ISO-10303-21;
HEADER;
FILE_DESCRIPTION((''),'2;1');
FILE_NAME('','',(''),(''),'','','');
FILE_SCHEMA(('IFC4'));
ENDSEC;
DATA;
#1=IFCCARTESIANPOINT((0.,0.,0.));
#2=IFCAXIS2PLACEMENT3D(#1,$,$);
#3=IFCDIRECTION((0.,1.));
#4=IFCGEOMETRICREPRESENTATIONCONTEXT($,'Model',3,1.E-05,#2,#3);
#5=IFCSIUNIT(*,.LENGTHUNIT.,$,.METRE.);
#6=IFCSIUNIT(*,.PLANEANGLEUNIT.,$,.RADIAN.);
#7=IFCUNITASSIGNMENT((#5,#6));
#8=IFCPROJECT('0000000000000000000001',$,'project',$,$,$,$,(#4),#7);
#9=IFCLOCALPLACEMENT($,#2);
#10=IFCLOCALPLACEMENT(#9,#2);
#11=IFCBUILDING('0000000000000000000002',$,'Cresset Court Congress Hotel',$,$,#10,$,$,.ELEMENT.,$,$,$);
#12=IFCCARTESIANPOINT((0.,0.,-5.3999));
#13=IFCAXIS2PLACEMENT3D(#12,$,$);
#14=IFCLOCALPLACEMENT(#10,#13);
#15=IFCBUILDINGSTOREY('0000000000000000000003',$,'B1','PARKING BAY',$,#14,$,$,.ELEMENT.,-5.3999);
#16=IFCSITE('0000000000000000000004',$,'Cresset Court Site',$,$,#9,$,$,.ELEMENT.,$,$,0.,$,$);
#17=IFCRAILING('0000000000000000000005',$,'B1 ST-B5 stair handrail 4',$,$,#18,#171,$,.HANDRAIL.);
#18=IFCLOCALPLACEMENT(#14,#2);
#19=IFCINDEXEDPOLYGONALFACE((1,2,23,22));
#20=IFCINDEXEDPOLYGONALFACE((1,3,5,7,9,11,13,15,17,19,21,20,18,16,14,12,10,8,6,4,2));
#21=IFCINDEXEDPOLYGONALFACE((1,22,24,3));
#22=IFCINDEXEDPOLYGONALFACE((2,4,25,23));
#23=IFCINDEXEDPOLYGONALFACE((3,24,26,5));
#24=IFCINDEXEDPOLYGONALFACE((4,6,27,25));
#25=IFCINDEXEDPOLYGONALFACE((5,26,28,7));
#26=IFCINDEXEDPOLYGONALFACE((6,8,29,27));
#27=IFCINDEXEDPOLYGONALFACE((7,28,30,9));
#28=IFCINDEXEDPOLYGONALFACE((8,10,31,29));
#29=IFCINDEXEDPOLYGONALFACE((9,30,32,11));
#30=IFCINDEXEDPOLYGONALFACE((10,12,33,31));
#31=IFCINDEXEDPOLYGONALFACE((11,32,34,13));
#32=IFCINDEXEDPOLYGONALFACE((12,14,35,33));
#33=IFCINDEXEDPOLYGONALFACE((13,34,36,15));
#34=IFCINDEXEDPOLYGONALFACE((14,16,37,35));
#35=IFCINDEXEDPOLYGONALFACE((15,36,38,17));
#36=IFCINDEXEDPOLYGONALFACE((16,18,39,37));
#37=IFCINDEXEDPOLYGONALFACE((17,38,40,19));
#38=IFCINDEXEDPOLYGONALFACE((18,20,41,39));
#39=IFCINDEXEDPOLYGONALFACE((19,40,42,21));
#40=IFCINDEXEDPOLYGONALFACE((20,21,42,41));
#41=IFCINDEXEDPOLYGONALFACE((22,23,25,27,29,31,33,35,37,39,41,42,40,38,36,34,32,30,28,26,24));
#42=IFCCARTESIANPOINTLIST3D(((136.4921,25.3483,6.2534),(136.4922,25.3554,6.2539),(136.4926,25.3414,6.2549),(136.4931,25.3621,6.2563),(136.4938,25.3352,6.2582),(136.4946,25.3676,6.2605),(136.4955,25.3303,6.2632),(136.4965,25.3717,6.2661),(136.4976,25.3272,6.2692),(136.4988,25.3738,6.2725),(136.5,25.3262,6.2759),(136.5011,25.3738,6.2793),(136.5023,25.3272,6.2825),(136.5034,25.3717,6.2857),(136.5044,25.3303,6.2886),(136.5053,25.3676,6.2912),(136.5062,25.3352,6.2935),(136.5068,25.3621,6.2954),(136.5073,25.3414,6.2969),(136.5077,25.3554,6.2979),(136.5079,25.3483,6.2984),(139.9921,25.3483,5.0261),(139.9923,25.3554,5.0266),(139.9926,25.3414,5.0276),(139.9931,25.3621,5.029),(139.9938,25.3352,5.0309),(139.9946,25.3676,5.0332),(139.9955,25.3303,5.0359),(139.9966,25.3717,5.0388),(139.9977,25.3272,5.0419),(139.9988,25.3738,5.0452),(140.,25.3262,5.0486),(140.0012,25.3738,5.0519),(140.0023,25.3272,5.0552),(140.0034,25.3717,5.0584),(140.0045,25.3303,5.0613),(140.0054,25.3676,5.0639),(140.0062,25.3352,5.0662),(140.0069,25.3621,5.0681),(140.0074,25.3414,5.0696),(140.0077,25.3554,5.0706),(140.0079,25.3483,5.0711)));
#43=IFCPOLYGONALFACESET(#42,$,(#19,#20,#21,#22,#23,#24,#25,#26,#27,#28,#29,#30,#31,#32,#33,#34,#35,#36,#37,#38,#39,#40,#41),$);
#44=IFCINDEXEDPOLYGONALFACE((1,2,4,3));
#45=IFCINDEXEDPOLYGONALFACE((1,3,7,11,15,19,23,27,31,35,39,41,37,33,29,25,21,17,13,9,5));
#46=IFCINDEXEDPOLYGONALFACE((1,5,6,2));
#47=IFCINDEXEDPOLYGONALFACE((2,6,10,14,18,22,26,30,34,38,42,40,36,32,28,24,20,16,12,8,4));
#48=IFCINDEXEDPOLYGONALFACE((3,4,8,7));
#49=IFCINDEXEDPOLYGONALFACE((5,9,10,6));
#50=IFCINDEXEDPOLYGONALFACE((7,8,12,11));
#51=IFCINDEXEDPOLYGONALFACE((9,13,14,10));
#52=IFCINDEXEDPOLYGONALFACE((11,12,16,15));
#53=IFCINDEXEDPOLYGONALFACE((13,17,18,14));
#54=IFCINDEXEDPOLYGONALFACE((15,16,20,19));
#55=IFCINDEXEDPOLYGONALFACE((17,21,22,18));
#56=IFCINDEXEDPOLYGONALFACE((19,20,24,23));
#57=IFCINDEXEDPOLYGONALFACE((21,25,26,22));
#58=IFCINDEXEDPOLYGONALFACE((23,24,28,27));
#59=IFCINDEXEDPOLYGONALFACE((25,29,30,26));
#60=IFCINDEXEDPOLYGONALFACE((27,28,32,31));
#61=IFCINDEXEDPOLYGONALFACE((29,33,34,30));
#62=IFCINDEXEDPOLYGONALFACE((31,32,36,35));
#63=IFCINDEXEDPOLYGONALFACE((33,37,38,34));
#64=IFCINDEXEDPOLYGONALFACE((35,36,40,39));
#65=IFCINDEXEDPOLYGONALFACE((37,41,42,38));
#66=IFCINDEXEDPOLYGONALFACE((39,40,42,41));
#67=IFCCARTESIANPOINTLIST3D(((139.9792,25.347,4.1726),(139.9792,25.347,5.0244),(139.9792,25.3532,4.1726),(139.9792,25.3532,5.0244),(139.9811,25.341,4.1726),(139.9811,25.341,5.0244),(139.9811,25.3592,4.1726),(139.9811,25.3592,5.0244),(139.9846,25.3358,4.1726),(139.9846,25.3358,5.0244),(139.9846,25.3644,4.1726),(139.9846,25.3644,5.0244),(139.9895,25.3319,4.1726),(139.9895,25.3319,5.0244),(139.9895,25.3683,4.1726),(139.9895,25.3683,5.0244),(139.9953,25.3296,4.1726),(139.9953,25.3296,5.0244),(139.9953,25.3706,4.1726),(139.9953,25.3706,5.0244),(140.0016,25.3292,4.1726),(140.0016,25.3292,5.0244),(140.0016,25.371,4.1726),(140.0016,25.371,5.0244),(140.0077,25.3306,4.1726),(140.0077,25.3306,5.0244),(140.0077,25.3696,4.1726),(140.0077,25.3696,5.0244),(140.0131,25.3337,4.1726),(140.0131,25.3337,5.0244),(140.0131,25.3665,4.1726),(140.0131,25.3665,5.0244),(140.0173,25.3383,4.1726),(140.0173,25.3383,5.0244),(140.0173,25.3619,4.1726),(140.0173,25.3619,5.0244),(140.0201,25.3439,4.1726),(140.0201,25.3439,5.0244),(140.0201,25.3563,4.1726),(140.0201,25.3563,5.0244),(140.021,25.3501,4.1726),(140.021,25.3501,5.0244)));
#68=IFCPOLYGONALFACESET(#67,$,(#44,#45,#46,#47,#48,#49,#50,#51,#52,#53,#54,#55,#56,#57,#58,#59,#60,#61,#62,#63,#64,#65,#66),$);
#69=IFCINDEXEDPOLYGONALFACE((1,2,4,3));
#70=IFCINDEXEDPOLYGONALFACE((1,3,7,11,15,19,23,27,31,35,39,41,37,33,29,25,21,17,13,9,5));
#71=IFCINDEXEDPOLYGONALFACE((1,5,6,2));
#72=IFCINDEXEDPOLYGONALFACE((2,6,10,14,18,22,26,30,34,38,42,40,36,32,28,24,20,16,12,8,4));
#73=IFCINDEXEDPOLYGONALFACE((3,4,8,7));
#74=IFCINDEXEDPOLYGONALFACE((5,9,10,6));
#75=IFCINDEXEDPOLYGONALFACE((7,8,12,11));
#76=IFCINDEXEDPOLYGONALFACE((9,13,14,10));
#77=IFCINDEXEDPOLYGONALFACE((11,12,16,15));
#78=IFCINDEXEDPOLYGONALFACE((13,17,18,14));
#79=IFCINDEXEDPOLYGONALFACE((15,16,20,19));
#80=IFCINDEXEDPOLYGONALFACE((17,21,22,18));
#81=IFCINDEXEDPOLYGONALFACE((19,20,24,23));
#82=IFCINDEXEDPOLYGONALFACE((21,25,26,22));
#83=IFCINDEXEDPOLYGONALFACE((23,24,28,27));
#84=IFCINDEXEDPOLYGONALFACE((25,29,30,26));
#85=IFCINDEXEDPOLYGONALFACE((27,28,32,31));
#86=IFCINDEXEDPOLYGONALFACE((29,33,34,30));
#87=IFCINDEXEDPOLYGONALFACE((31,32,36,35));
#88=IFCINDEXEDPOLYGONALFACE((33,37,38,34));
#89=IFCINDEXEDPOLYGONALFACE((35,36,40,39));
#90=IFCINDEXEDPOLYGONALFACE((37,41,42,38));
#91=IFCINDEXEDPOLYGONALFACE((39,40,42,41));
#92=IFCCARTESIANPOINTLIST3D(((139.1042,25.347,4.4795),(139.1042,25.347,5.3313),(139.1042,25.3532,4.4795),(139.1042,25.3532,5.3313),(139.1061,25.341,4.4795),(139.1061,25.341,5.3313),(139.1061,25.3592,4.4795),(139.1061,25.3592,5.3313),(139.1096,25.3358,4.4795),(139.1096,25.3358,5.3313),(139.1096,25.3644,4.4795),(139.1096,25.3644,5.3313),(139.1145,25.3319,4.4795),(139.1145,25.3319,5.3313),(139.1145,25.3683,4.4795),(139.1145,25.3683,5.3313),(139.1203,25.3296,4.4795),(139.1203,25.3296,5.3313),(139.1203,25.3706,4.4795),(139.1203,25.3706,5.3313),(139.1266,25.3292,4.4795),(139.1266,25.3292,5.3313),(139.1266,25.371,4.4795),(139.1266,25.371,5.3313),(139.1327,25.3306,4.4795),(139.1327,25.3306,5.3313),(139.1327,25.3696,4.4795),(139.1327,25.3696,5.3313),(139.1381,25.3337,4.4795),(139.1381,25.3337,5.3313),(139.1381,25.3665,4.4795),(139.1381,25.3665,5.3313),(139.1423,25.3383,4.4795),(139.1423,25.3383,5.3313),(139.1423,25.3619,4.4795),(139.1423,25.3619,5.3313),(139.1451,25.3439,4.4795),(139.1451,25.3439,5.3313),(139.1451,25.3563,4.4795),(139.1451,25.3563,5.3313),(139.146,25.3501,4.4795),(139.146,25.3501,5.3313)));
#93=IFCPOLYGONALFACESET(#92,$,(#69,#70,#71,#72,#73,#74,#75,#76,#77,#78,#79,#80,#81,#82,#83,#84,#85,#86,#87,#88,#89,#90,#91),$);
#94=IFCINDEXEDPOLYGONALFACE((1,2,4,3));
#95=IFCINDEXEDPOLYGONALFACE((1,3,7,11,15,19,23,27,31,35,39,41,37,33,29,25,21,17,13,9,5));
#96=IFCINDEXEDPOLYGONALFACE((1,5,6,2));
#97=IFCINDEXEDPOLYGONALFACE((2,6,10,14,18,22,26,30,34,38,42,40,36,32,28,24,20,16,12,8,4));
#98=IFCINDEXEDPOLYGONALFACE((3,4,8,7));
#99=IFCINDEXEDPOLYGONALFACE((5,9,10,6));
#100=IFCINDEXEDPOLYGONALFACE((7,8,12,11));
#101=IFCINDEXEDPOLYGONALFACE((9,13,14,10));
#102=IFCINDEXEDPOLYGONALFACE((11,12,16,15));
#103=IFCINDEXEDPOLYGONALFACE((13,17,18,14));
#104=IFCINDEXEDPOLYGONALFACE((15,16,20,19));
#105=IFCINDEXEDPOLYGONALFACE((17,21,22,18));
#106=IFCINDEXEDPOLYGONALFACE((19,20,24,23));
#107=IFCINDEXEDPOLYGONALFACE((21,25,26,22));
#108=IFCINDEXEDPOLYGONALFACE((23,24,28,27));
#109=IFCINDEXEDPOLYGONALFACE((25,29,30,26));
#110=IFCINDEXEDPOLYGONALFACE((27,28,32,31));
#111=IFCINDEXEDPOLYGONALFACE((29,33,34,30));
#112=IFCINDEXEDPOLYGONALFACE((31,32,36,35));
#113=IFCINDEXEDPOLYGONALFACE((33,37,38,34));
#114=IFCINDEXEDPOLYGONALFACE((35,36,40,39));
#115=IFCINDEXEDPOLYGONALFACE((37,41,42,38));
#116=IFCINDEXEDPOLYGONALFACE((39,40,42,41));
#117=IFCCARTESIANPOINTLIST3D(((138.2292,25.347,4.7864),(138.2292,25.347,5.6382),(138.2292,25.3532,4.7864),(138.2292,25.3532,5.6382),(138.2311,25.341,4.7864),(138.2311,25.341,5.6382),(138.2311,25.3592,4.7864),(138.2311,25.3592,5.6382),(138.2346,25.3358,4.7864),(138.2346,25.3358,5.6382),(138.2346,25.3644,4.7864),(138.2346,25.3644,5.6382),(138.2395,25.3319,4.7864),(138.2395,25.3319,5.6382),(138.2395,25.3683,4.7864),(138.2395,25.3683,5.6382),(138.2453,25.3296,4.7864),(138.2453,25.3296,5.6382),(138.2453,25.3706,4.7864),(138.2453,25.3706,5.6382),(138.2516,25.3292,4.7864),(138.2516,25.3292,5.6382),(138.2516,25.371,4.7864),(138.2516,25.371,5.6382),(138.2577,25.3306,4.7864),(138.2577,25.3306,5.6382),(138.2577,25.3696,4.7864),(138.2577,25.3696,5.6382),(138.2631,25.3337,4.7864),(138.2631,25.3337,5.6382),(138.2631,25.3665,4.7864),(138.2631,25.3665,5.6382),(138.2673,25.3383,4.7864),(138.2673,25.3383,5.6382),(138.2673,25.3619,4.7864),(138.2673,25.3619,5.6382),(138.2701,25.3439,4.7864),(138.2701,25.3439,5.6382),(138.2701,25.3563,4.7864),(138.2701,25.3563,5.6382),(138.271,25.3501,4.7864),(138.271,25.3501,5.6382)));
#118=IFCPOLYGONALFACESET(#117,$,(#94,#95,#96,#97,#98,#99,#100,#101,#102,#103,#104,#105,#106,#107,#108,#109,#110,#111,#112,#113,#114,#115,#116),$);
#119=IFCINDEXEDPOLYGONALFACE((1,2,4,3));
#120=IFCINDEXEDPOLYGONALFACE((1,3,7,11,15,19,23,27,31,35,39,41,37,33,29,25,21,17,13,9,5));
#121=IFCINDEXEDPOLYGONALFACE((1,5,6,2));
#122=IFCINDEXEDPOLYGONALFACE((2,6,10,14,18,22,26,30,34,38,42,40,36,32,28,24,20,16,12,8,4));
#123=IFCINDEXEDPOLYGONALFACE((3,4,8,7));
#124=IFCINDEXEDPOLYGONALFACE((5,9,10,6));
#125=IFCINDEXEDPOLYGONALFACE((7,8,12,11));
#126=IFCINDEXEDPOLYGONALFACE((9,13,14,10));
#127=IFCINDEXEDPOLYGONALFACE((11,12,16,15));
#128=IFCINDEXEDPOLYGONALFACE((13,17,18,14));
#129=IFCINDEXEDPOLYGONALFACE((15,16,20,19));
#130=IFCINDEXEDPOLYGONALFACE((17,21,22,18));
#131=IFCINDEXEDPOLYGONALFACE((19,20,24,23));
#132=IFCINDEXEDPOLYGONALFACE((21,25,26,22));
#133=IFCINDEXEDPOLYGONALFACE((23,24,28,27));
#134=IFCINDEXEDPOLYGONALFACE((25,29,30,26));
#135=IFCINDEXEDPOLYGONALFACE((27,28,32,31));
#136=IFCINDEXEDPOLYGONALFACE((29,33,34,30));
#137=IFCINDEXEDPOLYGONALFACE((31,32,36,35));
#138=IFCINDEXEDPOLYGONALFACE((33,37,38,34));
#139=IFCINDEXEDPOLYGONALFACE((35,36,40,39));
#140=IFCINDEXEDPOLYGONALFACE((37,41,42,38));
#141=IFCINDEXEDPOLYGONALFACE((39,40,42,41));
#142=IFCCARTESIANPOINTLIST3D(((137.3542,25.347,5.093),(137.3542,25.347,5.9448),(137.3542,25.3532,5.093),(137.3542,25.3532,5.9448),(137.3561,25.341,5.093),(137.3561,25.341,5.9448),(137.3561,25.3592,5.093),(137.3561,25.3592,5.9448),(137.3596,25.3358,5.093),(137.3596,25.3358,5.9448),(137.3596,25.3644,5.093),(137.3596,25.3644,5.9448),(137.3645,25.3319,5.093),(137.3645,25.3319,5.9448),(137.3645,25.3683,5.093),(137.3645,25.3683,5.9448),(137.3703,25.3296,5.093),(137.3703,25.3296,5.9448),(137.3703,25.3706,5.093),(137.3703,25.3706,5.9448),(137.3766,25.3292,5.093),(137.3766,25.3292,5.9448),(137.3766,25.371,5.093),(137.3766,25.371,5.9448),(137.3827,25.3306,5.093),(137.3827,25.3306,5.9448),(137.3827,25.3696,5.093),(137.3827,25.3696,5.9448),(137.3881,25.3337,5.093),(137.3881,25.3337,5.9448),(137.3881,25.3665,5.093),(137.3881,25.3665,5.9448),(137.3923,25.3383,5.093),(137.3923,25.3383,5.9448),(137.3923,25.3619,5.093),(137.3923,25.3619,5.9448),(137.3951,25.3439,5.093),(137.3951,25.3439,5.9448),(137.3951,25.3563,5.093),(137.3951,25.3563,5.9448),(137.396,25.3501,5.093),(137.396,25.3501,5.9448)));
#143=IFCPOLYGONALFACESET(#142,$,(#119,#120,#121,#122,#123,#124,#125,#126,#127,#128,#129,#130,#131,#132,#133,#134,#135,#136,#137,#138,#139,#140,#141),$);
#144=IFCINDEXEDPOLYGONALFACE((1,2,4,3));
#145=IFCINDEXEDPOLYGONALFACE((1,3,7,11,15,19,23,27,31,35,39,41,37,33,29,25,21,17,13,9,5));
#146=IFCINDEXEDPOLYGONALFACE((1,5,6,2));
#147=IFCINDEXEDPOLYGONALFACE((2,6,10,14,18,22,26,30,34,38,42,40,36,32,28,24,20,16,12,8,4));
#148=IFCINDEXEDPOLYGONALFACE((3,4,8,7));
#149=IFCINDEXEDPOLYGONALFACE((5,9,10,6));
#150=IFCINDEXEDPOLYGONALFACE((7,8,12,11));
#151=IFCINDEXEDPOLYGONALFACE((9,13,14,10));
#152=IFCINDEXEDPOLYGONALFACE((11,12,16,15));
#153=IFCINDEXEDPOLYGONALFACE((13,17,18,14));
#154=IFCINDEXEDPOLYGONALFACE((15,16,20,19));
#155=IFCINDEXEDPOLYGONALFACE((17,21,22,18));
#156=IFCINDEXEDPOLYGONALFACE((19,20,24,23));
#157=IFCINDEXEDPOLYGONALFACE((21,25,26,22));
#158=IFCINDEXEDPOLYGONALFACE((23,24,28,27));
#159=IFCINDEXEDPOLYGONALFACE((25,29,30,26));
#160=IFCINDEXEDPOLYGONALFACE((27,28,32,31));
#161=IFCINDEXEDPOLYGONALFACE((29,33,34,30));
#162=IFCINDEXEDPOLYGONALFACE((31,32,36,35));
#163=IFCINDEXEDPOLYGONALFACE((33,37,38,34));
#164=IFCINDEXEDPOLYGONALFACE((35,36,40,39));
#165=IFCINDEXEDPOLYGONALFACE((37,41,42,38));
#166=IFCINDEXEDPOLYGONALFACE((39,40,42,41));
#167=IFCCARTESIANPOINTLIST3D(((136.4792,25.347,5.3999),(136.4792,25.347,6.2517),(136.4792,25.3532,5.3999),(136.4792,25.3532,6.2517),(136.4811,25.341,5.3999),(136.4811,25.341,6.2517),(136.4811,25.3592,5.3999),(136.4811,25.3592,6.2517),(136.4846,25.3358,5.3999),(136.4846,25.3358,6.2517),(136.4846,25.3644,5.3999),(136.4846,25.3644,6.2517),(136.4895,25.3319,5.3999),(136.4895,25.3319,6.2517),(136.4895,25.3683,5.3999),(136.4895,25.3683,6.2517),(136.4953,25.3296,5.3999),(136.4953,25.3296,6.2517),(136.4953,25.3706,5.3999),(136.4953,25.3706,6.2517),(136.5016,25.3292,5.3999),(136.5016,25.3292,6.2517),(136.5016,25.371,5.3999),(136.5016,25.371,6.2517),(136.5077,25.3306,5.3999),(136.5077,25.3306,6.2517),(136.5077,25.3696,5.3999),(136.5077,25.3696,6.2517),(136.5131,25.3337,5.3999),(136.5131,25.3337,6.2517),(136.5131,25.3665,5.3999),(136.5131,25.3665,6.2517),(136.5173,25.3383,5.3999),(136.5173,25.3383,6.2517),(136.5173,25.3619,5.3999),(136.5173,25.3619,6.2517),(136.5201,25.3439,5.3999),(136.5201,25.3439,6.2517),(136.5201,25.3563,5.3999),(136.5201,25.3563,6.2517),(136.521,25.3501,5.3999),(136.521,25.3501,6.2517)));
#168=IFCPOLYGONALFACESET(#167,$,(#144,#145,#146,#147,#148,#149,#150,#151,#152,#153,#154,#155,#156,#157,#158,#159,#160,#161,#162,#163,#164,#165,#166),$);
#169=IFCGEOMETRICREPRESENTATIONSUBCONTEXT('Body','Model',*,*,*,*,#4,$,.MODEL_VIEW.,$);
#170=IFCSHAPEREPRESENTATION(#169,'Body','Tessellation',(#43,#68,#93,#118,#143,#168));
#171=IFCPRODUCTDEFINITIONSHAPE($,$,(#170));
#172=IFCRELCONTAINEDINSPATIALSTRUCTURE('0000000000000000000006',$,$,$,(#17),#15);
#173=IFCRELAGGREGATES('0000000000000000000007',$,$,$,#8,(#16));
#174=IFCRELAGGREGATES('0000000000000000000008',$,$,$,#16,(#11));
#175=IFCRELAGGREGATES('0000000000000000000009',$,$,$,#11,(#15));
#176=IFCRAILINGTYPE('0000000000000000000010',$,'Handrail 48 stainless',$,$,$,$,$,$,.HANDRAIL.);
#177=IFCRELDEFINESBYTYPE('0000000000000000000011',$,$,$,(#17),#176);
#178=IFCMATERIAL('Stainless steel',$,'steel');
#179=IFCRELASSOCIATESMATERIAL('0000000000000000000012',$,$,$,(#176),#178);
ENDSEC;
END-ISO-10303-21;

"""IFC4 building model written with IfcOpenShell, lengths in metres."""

from ifc_helpers import new_model, si_unit, direction, frame, origin, origin_2d, place, context, subcontext, project, spatial, circle, extrude, material, type_object, element, save


model = new_model("IFC4")

# Units and contexts
model_context = context("Model", 3, precision=1e-05, world=origin(), true_north=direction((0.0, 1.0)))
body_context = subcontext(model_context, "Body", "Model", "MODEL_VIEW")
ifc_project = project(units=[si_unit("LENGTHUNIT", "METRE"), si_unit("PLANEANGLEUNIT", "RADIAN")], contexts=[model_context])

# Site, building, storey
site_placement = place(None, origin())
site = spatial("IfcSite", under=ifc_project, at=site_placement, Name="Cresset Court Site", CompositionType="ELEMENT", RefElevation=0.0)
building_placement = place(site_placement, origin())
building = spatial("IfcBuilding", under=site, at=building_placement, Name="Cresset Court Congress Hotel", CompositionType="ELEMENT")
storey_placement = place(building_placement, frame((0.0, 0.0, -5.3999)))
storey = spatial("IfcBuildingStorey", under=building, at=storey_placement, Name="B1", Description="PARKING BAY", CompositionType="ELEMENT", Elevation=-5.3999)

# Railing
ifc_material_1 = material(Name="Stainless steel", Category="steel")
railing_type_1 = type_object("IfcRailingType", Name="Handrail 48 stainless", PredefinedType="HANDRAIL", material=ifc_material_1)
railing_1_placement = place(storey_placement, frame((140.0, 25.3501, 4.1726)))
element("IfcRailing", 1, at=railing_1_placement, inside=storey, type_object=railing_type_1, Name="B1 ST-B5 stair handrail 4", PredefinedType="HANDRAIL", context=body_context, shape_type="SweptSolid", body=[
    extrude(circle(Radius=0.0239, at=origin_2d()), frame((0.0, 0.0, 0.876), z_axis=(-0.943665, 0.0, 0.330902), x_axis=(0.0, -1.0, 0.0)), (0.0, 0.0, 1.0), 3.709),
    extrude(circle(Radius=0.021, at=origin_2d()), origin(), (0.0, 0.0, 1.0), 0.8518),
    extrude(circle(Radius=0.021, at=origin_2d()), frame((-0.875, 0.0, 0.3069)), (0.0, 0.0, 1.0), 0.8518),
    extrude(circle(Radius=0.021, at=origin_2d()), frame((-1.75, 0.0, 0.6138)), (0.0, 0.0, 1.0), 0.8518),
    extrude(circle(Radius=0.021, at=origin_2d()), frame((-2.625, 0.0, 0.9204)), (0.0, 0.0, 1.0), 0.8518),
    extrude(circle(Radius=0.021, at=origin_2d()), frame((-3.5, 0.0, 1.2273)), (0.0, 0.0, 1.0), 0.8518),
])

save(model, "model.ifc")
